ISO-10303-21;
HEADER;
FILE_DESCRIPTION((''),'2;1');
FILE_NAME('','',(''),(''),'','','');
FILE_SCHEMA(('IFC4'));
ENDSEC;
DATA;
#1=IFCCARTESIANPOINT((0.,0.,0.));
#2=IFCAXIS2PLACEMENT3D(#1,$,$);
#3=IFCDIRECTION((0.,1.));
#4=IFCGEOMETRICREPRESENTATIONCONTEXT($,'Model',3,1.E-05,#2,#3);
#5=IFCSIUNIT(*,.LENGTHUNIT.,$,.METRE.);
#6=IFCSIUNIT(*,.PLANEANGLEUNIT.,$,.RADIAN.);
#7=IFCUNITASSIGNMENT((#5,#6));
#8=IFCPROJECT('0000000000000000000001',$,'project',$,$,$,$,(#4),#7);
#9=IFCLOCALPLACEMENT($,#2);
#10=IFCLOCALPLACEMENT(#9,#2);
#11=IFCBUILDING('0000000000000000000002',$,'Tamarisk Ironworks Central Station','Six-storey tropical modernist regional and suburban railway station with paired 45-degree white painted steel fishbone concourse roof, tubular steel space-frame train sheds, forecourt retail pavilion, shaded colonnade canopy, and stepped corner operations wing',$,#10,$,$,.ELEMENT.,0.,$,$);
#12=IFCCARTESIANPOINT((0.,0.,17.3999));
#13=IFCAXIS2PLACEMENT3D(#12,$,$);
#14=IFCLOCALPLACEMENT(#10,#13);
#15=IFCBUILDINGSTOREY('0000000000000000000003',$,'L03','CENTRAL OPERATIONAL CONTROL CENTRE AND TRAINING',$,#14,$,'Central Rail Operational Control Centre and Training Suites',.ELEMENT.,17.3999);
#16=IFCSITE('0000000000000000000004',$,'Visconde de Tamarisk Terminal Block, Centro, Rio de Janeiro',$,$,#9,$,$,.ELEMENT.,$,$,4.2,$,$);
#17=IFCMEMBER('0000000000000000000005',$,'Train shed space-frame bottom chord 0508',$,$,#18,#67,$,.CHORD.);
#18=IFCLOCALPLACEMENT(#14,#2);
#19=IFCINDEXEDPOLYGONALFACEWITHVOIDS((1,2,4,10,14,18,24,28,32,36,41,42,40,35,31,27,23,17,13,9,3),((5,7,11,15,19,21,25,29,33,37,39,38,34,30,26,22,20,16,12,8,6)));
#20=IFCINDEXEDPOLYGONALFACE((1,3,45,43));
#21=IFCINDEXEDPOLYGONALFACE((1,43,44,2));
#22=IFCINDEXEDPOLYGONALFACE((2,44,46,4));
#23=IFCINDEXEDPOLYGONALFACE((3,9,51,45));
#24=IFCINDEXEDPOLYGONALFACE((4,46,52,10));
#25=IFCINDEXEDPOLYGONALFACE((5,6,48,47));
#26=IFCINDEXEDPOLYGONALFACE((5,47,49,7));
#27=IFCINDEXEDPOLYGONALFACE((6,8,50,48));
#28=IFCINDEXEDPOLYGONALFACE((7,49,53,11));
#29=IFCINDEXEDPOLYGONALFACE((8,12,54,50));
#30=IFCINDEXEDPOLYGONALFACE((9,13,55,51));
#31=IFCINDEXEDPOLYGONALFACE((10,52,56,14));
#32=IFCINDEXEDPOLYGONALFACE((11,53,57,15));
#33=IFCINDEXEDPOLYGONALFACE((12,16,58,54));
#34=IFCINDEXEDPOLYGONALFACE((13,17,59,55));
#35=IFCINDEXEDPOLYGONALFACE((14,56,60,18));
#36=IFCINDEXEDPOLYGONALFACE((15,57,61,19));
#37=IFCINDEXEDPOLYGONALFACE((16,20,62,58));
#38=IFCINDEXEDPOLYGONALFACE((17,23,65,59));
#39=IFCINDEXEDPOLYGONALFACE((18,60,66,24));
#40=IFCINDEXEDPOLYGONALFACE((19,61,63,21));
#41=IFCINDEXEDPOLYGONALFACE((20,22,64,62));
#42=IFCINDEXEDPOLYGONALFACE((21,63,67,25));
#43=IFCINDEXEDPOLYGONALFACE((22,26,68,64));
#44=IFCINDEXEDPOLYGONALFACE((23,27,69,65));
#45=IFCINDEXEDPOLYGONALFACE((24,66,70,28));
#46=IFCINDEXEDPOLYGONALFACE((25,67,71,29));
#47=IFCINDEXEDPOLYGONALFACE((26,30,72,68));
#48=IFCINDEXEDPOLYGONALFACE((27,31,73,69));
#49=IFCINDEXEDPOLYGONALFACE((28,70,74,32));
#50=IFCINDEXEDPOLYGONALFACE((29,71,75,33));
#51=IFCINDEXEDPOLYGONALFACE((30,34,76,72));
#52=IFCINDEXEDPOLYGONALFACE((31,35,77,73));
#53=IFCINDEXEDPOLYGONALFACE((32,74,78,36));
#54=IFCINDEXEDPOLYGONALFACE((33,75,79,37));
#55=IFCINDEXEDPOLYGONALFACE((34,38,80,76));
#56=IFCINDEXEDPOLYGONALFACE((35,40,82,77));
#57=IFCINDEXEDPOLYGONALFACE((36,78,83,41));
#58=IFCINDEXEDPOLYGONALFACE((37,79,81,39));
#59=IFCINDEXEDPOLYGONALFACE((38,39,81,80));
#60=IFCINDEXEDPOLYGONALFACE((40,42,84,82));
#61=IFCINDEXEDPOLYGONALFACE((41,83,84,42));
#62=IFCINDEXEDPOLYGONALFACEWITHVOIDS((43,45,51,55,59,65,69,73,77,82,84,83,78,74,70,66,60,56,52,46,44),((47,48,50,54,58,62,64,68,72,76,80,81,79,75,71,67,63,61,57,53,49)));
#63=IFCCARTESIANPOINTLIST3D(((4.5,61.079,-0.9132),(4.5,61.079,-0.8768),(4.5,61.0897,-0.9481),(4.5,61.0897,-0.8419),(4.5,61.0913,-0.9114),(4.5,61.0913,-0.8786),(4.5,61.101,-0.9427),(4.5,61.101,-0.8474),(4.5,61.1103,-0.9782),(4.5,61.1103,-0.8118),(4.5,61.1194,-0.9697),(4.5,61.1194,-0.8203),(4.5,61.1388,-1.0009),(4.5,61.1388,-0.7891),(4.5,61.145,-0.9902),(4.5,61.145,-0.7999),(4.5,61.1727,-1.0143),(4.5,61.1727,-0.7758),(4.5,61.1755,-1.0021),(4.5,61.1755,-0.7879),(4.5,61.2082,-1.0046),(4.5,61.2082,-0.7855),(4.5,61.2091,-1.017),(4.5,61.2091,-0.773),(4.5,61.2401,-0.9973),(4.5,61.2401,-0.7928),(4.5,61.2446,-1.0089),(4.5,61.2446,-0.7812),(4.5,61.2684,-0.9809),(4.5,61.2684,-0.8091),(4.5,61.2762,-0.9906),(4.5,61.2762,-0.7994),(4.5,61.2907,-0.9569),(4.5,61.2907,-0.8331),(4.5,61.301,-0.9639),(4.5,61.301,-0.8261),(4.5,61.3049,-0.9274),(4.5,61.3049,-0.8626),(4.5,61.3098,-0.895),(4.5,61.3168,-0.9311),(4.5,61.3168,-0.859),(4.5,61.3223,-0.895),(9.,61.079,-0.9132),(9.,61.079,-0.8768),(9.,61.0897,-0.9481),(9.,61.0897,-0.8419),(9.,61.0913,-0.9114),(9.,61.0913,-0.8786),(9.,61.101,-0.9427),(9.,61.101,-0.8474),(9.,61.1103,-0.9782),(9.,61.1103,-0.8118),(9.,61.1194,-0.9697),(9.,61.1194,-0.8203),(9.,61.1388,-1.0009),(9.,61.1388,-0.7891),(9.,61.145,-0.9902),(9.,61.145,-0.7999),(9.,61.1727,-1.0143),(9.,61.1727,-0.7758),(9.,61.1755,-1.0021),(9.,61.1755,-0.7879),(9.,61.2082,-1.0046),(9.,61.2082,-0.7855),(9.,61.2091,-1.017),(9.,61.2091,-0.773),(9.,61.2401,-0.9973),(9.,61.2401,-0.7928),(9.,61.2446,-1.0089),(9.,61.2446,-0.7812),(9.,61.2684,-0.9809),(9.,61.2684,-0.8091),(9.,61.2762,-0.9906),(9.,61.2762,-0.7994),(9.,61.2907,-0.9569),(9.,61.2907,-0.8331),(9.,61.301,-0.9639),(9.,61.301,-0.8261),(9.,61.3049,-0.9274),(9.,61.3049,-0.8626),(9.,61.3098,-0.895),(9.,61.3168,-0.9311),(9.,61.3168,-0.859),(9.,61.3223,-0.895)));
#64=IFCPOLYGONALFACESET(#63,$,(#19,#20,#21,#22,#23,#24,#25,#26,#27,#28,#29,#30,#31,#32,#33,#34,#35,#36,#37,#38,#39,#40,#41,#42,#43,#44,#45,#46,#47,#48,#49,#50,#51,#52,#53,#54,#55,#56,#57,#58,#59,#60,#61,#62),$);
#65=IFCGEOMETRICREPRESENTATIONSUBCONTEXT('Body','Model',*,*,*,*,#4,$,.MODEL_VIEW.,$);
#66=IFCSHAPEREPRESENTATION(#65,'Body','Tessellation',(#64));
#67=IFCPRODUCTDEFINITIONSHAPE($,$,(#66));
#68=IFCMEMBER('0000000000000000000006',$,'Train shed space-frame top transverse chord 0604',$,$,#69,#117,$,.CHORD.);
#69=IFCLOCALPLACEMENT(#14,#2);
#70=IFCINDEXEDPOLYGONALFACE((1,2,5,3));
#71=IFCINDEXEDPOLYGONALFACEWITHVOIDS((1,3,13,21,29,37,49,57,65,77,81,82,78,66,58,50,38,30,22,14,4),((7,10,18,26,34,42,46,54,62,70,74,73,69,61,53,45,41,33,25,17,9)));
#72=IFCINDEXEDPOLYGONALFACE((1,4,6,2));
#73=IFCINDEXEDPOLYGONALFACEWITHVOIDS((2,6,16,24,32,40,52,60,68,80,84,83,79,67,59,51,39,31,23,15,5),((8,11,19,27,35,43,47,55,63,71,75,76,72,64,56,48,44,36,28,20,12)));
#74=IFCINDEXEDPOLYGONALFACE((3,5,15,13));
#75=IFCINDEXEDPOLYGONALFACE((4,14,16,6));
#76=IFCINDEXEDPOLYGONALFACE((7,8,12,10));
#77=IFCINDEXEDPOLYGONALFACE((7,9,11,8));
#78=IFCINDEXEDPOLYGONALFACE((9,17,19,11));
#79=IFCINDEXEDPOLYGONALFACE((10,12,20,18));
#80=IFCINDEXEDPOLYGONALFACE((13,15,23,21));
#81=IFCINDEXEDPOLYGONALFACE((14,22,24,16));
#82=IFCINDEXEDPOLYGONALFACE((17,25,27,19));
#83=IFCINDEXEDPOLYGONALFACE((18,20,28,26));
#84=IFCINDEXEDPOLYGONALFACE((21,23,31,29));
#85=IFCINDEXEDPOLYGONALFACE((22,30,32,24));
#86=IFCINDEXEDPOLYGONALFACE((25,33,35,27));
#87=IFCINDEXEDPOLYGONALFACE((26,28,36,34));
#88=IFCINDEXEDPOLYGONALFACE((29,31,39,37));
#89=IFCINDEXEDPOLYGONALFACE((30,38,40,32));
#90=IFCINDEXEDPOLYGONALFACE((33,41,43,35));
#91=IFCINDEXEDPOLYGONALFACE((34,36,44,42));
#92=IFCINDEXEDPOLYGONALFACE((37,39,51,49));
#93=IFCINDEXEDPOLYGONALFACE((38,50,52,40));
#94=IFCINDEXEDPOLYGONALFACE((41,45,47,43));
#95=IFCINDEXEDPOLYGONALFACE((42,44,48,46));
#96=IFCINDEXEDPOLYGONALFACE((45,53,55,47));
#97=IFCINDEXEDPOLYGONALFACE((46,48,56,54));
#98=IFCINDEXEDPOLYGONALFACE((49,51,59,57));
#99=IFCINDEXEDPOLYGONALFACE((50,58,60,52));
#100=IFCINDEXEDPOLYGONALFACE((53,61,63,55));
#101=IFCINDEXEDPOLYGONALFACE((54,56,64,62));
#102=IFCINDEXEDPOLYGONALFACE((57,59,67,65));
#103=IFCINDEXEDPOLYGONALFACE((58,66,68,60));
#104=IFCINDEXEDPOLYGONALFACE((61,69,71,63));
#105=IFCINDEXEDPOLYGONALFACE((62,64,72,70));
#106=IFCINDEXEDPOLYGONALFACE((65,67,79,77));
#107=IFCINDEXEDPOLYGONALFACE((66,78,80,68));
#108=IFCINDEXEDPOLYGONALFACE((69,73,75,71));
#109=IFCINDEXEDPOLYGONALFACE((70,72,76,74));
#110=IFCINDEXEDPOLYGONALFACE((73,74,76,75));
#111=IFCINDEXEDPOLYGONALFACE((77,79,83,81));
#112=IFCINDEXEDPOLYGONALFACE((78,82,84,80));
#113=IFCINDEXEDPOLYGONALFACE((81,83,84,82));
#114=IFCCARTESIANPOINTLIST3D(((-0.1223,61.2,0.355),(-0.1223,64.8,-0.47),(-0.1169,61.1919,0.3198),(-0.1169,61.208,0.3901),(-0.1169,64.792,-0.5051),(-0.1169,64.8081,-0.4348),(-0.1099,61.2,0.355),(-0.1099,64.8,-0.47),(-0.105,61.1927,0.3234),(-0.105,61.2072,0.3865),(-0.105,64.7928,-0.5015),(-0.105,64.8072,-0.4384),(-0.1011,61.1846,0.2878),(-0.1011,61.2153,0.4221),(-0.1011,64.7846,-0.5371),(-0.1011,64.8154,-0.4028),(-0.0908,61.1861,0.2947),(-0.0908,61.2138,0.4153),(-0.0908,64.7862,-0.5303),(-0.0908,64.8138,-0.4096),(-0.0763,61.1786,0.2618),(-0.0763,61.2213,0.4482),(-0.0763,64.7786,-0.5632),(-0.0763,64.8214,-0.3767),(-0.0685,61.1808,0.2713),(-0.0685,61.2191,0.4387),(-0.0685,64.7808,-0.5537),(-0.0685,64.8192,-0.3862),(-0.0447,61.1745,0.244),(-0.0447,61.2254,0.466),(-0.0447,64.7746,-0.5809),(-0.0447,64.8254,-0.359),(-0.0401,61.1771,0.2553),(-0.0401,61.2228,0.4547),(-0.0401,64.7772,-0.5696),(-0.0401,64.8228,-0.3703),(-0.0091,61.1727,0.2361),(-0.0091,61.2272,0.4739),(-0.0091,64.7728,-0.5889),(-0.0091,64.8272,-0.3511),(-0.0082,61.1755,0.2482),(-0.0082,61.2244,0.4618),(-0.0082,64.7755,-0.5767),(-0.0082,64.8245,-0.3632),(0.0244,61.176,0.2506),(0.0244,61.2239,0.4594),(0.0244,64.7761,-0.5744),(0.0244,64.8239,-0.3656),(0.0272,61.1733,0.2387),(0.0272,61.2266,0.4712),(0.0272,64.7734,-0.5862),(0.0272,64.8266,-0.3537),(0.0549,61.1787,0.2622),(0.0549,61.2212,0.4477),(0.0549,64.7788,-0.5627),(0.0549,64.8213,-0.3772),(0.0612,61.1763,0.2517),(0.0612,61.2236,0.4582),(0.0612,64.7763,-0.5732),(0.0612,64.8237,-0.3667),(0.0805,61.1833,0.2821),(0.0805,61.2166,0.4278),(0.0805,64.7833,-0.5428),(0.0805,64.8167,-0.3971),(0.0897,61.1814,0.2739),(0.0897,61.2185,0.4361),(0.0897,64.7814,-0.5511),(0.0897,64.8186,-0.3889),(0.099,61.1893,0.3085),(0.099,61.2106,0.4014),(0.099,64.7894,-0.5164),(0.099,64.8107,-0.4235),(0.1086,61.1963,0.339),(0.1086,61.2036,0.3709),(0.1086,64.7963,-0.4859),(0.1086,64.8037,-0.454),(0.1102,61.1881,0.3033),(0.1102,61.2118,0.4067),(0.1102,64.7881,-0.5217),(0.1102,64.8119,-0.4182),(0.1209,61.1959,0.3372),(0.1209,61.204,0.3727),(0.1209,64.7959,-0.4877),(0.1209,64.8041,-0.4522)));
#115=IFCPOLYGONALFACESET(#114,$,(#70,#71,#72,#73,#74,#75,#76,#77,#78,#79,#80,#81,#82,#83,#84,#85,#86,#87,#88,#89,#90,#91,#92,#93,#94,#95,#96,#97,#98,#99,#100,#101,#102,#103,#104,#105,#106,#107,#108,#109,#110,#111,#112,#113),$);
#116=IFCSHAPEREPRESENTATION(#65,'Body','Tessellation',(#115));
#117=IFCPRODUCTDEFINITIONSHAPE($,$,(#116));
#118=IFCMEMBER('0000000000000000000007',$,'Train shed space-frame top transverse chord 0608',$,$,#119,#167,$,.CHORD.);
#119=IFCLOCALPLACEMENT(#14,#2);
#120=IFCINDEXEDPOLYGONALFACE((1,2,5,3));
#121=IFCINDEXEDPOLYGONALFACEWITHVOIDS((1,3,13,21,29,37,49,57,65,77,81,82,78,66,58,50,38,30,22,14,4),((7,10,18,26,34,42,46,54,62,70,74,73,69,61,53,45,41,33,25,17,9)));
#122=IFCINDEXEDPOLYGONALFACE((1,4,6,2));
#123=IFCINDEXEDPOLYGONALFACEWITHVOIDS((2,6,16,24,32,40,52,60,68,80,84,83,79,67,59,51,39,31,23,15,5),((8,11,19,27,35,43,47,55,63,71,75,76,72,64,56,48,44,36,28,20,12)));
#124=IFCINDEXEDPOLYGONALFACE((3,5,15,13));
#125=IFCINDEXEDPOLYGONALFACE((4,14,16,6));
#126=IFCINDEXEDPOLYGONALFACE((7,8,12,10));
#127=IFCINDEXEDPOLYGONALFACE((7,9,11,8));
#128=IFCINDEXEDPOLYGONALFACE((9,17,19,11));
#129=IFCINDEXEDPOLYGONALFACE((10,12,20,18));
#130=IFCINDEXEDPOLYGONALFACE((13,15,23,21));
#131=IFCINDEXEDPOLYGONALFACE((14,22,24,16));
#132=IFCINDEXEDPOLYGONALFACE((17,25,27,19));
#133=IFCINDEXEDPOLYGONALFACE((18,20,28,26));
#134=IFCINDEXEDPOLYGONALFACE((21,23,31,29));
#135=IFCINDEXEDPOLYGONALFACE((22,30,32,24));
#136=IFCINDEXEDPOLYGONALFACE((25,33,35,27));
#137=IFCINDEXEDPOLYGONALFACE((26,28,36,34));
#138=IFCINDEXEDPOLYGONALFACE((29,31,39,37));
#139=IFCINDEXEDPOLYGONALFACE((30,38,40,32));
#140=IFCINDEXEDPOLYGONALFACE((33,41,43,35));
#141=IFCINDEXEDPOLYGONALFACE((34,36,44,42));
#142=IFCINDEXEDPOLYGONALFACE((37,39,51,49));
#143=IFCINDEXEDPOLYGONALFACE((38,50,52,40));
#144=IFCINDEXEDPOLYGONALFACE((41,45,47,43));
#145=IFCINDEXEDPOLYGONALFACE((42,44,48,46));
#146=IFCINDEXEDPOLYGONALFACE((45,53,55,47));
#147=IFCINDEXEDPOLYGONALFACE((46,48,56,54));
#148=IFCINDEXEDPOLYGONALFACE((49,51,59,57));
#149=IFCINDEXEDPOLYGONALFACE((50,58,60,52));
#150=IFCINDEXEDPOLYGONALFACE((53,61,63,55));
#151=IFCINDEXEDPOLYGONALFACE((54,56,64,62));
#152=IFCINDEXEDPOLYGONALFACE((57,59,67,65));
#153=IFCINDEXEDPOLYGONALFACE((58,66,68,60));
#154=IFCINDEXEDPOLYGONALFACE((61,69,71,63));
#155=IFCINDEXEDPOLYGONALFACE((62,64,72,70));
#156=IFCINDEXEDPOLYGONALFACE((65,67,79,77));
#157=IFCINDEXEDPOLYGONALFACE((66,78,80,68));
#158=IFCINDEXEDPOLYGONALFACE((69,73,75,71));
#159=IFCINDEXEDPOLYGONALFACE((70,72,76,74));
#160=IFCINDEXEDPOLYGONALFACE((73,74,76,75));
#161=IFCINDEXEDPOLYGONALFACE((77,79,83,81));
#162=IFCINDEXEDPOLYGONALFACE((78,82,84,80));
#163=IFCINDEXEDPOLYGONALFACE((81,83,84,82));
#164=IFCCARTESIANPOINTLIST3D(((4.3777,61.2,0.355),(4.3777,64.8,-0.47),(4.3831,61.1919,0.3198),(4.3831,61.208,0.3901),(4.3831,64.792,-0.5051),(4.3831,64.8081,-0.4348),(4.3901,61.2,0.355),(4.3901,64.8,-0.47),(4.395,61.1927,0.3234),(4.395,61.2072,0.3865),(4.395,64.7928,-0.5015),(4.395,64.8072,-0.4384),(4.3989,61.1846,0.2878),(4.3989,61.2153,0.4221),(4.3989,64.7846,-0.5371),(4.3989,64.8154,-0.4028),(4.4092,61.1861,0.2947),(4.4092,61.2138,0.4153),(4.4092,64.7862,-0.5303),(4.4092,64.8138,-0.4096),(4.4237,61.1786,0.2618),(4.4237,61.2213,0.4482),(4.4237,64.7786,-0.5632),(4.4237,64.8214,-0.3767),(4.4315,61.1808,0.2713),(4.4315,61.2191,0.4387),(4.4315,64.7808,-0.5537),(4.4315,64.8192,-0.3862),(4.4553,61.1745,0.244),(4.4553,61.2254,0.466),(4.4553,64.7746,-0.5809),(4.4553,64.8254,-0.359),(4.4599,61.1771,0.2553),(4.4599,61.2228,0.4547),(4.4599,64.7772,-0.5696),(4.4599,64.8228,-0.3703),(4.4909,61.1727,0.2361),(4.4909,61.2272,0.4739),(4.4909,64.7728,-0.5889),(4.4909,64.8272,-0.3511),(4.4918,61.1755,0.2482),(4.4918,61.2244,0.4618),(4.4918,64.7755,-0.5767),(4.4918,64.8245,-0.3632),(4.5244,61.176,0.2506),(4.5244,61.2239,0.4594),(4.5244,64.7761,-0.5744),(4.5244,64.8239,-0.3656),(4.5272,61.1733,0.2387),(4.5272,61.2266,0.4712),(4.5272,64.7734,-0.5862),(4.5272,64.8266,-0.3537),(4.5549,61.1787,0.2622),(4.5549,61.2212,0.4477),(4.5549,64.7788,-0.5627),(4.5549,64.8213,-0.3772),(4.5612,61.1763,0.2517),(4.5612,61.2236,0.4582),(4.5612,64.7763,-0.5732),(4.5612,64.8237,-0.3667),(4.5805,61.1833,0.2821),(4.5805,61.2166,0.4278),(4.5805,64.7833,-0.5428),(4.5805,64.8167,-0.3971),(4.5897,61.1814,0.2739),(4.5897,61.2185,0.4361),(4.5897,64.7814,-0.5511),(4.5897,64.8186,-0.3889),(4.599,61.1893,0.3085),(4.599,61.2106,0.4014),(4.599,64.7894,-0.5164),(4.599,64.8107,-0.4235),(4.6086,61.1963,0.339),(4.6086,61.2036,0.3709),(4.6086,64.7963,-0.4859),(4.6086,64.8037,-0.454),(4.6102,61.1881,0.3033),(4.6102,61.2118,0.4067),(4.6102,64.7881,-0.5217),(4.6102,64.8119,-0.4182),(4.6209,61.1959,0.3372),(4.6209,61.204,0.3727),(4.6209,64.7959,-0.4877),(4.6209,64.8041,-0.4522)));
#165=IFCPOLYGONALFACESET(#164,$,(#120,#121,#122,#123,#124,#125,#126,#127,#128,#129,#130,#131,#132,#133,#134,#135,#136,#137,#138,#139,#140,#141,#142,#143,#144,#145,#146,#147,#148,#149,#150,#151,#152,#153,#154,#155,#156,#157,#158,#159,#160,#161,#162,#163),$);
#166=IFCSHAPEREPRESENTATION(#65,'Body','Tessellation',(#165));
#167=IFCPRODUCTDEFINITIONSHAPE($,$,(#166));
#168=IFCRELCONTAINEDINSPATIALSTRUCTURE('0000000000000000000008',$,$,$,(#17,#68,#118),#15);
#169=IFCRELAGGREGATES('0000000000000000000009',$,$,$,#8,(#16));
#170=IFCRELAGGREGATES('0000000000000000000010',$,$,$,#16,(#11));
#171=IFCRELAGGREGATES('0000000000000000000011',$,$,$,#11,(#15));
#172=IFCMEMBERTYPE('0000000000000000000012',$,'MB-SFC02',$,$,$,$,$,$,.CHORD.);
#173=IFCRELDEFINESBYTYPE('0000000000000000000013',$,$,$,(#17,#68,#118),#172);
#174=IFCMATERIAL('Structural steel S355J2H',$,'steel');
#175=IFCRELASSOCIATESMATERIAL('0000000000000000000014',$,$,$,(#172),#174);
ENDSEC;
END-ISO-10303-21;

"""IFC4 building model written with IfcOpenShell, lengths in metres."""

from ifc_helpers import new_model, si_unit, direction, frame, origin, origin_2d, place, context, subcontext, project, spatial, hollow_circle, extrude, material, material_profile, profile_set, type_object, element, save


model = new_model("IFC4")

# Units and contexts
model_context = context("Model", 3, precision=1e-05, world=origin(), true_north=direction((0.0, 1.0)))
body_context = subcontext(model_context, "Body", "Model", "MODEL_VIEW")
ifc_project = project(units=[si_unit("LENGTHUNIT", "METRE"), si_unit("PLANEANGLEUNIT", "RADIAN")], contexts=[model_context])

# Site, building, storey
site_placement = place(None, origin())
site = spatial("IfcSite", under=ifc_project, at=site_placement, Name="Visconde de Tamarisk Terminal Block, Centro, Rio de Janeiro", CompositionType="ELEMENT", RefElevation=4.2)
building_placement = place(site_placement, origin())
building = spatial("IfcBuilding", under=site, at=building_placement, Name="Tamarisk Ironworks Central Station", Description="Six-storey tropical modernist regional and suburban railway station with paired 45-degree white painted steel fishbone concourse roof, tubular steel space-frame train sheds, forecourt retail pavilion, shaded colonnade canopy, and stepped corner operations wing", CompositionType="ELEMENT", ElevationOfRefHeight=0.0)
storey_placement = place(building_placement, frame((0.0, 0.0, 17.3999)))
storey = spatial("IfcBuildingStorey", under=building, at=storey_placement, Name="L03", Description="CENTRAL OPERATIONAL CONTROL CENTRE AND TRAINING", LongName="Central Rail Operational Control Centre and Training Suites", CompositionType="ELEMENT", Elevation=17.3999)

# Members
ifc_material_1 = material(Name="Structural steel S355J2H", Category="steel")
ifc_material_profile_1 = material_profile(ifc_material_1, hollow_circle(Radius=0.1223, WallThickness=0.0125, at=origin_2d()), Name="CHS 244.5x12.5")
ifc_profile_set_1 = profile_set([ifc_material_profile_1], Name="Structural steel S355J2H")
member_type_1 = type_object("IfcMemberType", Name="MB-SFC02", PredefinedType="CHORD", material=ifc_profile_set_1)
for number, where, z_axis, x_axis, name in (
    (1, (4.5, 61.2, -0.895), (1.0, 0.0, 0.0), (0.0, 1.0, 0.0), "Train shed space-frame bottom chord 0508"),
):
    element("IfcMember", number, at=place(storey_placement, frame(where, z_axis=z_axis, x_axis=x_axis)), inside=storey, type_object=member_type_1, Name=name, PredefinedType="CHORD", context=body_context, shape_type="SweptSolid", body=[
        extrude(hollow_circle(Radius=0.1223, WallThickness=0.0125, at=origin_2d()), origin(), (0.0, 0.0, 1.0), 4.5),
    ])
for number, where, z_axis, x_axis, name in (
    (2, (0.0, 61.2, 0.355), (0.0, 0.974737, -0.223358), (-1.0, 0.0, 0.0), "Train shed space-frame top transverse chord 0604"),
    (3, (4.5, 61.2, 0.355), (0.0, 0.974737, -0.223358), (-1.0, 0.0, 0.0), "Train shed space-frame top transverse chord 0608"),
):
    element("IfcMember", number, at=place(storey_placement, frame(where, z_axis=z_axis, x_axis=x_axis)), inside=storey, type_object=member_type_1, Name=name, PredefinedType="CHORD", context=body_context, shape_type="SweptSolid", body=[
        extrude(hollow_circle(Radius=0.1223, WallThickness=0.0125, at=origin_2d()), origin(), (0.0, 0.0, 1.0), 3.6934),
    ])

save(model, "model.ifc")
